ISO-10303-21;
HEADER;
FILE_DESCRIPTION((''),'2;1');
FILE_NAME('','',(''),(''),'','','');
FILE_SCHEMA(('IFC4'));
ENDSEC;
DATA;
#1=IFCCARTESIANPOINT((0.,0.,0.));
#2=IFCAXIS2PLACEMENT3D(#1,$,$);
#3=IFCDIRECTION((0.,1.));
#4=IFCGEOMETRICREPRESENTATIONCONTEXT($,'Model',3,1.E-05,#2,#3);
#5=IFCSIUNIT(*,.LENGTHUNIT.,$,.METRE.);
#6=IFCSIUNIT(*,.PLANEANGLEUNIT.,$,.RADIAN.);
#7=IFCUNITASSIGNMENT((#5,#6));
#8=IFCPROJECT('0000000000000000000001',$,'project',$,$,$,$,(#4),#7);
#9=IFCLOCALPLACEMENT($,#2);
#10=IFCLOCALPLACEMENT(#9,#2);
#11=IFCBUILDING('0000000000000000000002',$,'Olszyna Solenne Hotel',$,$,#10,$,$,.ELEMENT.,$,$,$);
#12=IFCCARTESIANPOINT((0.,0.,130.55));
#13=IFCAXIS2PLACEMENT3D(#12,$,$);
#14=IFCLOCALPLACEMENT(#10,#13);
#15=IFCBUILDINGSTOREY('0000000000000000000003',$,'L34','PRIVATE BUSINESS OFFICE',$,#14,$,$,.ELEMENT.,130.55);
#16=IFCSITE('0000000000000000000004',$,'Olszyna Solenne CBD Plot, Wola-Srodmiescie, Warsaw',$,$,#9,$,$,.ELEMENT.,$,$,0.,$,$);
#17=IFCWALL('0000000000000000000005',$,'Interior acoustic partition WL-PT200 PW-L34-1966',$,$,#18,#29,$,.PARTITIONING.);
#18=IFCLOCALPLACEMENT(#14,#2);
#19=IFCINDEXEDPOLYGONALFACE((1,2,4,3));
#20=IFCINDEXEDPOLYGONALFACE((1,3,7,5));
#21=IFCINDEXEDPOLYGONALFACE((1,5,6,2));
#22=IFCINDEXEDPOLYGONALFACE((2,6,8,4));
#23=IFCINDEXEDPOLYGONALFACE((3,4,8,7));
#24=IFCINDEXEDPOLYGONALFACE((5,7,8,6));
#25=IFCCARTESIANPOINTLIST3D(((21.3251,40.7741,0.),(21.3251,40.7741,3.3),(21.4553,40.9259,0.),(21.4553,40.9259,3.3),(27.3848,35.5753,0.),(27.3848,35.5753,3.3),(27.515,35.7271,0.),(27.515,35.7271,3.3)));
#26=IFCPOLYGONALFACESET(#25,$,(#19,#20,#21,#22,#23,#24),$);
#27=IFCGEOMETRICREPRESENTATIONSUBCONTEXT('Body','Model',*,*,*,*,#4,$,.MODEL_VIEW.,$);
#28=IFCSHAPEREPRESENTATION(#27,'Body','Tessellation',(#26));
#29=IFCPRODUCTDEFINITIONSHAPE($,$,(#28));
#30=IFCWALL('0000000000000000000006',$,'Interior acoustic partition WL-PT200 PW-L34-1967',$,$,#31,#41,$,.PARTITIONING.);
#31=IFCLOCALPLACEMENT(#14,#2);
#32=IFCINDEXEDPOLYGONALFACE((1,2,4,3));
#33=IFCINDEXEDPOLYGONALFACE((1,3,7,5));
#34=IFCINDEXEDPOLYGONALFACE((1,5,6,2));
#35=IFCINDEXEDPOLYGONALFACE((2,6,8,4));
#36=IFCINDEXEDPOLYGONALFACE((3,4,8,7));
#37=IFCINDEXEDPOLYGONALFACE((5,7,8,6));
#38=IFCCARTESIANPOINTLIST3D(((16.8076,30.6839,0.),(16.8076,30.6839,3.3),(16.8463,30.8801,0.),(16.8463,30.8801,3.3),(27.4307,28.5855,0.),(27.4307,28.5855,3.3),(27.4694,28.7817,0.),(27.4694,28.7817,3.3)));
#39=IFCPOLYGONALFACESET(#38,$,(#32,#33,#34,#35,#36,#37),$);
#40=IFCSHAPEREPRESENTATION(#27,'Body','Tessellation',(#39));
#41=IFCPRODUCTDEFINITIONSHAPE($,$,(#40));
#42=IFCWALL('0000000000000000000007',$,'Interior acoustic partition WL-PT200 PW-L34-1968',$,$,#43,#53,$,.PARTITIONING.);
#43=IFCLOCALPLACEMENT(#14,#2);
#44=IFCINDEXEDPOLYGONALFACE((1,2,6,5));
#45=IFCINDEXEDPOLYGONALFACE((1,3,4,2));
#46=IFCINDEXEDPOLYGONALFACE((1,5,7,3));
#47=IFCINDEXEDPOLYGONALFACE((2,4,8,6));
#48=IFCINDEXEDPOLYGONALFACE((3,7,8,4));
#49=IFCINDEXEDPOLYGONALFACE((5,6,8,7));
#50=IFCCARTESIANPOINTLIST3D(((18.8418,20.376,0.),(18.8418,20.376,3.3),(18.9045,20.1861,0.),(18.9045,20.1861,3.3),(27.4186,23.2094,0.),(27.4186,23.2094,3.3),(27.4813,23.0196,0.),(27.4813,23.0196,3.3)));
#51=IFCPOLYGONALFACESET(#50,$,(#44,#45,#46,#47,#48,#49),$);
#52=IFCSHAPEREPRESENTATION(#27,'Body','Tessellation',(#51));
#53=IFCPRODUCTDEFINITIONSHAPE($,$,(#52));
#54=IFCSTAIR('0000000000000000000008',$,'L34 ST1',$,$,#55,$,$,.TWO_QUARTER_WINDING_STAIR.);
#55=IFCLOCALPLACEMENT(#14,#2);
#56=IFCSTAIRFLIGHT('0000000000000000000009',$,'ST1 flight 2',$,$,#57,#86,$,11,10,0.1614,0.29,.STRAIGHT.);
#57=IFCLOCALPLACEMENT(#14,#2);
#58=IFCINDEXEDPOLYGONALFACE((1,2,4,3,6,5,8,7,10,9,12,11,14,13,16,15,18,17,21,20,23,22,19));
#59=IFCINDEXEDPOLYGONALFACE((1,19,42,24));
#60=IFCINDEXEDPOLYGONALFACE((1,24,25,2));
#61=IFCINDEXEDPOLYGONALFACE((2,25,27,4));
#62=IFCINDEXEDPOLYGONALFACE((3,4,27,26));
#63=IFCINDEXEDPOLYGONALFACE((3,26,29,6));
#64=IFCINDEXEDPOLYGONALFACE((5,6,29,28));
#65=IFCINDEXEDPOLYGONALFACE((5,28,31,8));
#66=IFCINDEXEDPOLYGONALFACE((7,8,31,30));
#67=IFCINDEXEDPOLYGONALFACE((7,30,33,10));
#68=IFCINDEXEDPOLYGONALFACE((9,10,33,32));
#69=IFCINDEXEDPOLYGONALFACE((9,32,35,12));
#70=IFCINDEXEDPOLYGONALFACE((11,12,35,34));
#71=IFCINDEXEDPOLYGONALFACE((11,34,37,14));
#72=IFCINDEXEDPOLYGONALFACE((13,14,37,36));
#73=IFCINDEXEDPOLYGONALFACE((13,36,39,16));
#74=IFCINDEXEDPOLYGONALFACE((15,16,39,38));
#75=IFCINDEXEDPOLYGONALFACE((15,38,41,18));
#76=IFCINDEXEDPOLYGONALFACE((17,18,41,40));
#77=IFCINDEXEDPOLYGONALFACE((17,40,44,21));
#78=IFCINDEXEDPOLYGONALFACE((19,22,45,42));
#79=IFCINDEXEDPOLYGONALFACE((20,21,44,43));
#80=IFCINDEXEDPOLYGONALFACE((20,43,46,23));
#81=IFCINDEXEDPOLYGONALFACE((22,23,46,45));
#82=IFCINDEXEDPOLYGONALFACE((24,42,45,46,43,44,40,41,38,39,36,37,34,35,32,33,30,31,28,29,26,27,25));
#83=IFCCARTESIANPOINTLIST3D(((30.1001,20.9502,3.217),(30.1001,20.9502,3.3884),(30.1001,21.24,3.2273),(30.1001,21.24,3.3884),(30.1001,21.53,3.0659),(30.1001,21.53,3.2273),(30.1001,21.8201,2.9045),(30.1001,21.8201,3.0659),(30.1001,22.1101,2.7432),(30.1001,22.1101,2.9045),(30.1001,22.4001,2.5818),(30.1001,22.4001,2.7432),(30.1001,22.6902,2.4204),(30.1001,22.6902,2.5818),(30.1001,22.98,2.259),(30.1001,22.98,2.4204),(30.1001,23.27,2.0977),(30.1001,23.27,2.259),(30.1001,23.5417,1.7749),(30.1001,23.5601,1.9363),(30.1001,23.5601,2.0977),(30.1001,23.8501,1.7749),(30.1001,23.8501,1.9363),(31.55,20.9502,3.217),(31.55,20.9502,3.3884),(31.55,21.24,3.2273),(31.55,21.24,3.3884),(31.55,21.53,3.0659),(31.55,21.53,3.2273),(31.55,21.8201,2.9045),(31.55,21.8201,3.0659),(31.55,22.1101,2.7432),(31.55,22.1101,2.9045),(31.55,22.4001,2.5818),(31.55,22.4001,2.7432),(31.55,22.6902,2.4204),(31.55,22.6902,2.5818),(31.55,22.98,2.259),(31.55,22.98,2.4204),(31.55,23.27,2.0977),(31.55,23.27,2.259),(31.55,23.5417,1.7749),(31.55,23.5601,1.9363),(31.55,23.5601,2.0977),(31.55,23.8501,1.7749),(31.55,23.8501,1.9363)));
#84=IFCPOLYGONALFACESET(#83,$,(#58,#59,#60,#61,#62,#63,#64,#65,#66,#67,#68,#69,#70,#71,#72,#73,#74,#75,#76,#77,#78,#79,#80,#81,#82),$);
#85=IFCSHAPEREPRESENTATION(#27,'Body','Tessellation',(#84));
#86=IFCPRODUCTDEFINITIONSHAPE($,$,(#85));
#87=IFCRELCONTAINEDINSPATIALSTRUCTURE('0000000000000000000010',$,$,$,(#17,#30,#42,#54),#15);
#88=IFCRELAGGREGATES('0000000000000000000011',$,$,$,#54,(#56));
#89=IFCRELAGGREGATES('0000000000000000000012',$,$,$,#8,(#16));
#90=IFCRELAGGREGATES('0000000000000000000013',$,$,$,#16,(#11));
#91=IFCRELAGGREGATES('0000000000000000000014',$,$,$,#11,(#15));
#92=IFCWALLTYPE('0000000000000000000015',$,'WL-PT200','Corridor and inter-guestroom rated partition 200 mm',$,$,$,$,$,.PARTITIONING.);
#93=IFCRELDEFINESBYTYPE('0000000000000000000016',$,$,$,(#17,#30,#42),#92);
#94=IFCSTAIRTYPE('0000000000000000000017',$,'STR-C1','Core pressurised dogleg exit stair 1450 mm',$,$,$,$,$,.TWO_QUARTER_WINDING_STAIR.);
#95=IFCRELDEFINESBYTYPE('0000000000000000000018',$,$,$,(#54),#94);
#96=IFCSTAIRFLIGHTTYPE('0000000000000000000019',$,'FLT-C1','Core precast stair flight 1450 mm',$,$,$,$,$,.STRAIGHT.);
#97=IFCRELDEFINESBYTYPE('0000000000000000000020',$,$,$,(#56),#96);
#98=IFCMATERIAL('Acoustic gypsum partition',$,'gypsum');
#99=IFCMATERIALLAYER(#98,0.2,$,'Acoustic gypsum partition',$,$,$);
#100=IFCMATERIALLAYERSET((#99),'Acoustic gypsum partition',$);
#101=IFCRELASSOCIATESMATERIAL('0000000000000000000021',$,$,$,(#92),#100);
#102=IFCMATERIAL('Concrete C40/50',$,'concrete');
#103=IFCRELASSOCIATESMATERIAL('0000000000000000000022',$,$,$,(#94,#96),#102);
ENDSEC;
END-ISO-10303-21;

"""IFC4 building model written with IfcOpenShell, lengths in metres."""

from ifc_helpers import new_model, si_unit, direction, frame, frame_2d, origin, place, context, subcontext, project, spatial, polyline, rectangle, outline, extrude, material, layer, layer_set, type_object, element, aggregate, save


model = new_model("IFC4")

# Units and contexts
model_context = context("Model", 3, precision=1e-05, world=origin(), true_north=direction((0.0, 1.0)))
body_context = subcontext(model_context, "Body", "Model", "MODEL_VIEW")
ifc_project = project(units=[si_unit("LENGTHUNIT", "METRE"), si_unit("PLANEANGLEUNIT", "RADIAN")], contexts=[model_context])

# Site, building, storey
site_placement = place(None, origin())
site = spatial("IfcSite", under=ifc_project, at=site_placement, Name="Olszyna Solenne CBD Plot, Wola-Srodmiescie, Warsaw", CompositionType="ELEMENT", RefElevation=0.0)
building_placement = place(site_placement, origin())
building = spatial("IfcBuilding", under=site, at=building_placement, Name="Olszyna Solenne Hotel", CompositionType="ELEMENT")
storey_placement = place(building_placement, frame((0.0, 0.0, 130.55)))
storey = spatial("IfcBuildingStorey", under=building, at=storey_placement, Name="L34", Description="PRIVATE BUSINESS OFFICE", CompositionType="ELEMENT", Elevation=130.55)

# Shared definitions
ifc_material_1 = material(Name="Acoustic gypsum partition", Category="gypsum")

# Walls
ifc_layer_1 = layer(ifc_material_1, 0.2, Name="Acoustic gypsum partition")
ifc_layer_set_1 = layer_set([ifc_layer_1], Name="Acoustic gypsum partition")
wall_type_1 = type_object("IfcWallType", Name="WL-PT200", Description="Corridor and inter-guestroom rated partition 200 mm", PredefinedType="PARTITIONING", material=ifc_layer_set_1)
wall_1_placement = place(storey_placement, frame((27.45, 35.6511, 0.0), z_axis=(0.0, 0.0, 1.0), x_axis=(-0.758959, 0.651139, 0.0)))
element("IfcWall", 1, at=wall_1_placement, inside=storey, type_object=wall_type_1, Name="Interior acoustic partition WL-PT200 PW-L34-1966", PredefinedType="PARTITIONING", context=body_context, shape_type="SweptSolid", body=[
    extrude(rectangle(XDim=7.9841, YDim=0.2, at=frame_2d((3.9922, 0.0))), origin(), (0.0, 0.0, 1.0), 3.3),
])
wall_2_placement = place(storey_placement, frame((27.45, 28.6836, 0.0), z_axis=(0.0, 0.0, 1.0), x_axis=(-0.981044, 0.193787, 0.0)))
element("IfcWall", 2, at=wall_2_placement, inside=storey, type_object=wall_type_1, Name="Interior acoustic partition WL-PT200 PW-L34-1967", PredefinedType="PARTITIONING", context=body_context, shape_type="SweptSolid", body=[
    extrude(rectangle(XDim=10.8284, YDim=0.2, at=frame_2d((5.4141, 0.0))), origin(), (0.0, 0.0, 1.0), 3.3),
])
wall_3_placement = place(storey_placement, frame((27.45, 23.1145, 0.0), z_axis=(0.0, 0.0, 1.0), x_axis=(-0.949526, -0.313689, 0.0)))
element("IfcWall", 3, at=wall_3_placement, inside=storey, type_object=wall_type_1, Name="Interior acoustic partition WL-PT200 PW-L34-1968", PredefinedType="PARTITIONING", context=body_context, shape_type="SweptSolid", body=[
    extrude(rectangle(XDim=9.0327, YDim=0.2, at=frame_2d((4.5164, 0.0))), origin(), (0.0, 0.0, 1.0), 3.3),
])

# Stair, stair flight
ifc_material_2 = material(Name="Concrete C40/50", Category="concrete")
stair_type = type_object("IfcStairType", Name="STR-C1", Description="Core pressurised dogleg exit stair 1450 mm", PredefinedType="TWO_QUARTER_WINDING_STAIR", material=ifc_material_2)
stair_placement = place(storey_placement, origin())
stair = element("IfcStair", 4, at=stair_placement, inside=storey, type_object=stair_type, Name="L34 ST1", PredefinedType="TWO_QUARTER_WINDING_STAIR")
stair_flight_type = type_object("IfcStairFlightType", Name="FLT-C1", Description="Core precast stair flight 1450 mm", PredefinedType="STRAIGHT", material=ifc_material_2)
stair_flight_placement = place(storey_placement, frame((30.825, 23.8501, 1.7749), z_axis=(0.0, 0.0, 1.0), x_axis=(0.0, -1.0, 0.0)))
stair_flight = element("IfcStairFlight", 5, at=stair_flight_placement, type_object=stair_flight_type, Name="ST1 flight 2", NumberOfRisers=11, NumberOfTreads=10, PredefinedType="STRAIGHT", RiserHeight=0.1614, TreadLength=0.29, context=body_context, shape_type="SweptSolid", body=[
    extrude(outline(polyline([(0.0, 0.0), (0.0, 0.1614), (0.29, 0.1614), (0.29, 0.3228), (0.5801, 0.3228), (0.5801, 0.4841), (0.8701, 0.4841), (0.8701, 0.6455), (1.1599, 0.6455), (1.1599, 0.8069), (1.45, 0.8069), (1.45, 0.9683), (1.74, 0.9683), (1.74, 1.1296), (2.03, 1.1296), (2.03, 1.291), (2.3201, 1.291), (2.3201, 1.4524), (2.6101, 1.4524), (2.6101, 1.6135), (2.8999, 1.6135), (2.8999, 1.7749), (2.8999, 1.4421), (0.3083, 0.0), (0.0, 0.0)])), frame((0.0, 0.7251, 0.0), z_axis=(0.0, -1.0, 0.0), x_axis=(1.0, 0.0, 0.0)), (0.0, 0.0, 1.0), 1.45),
])
aggregate(stair, [stair_flight])

save(model, "model.ifc")
